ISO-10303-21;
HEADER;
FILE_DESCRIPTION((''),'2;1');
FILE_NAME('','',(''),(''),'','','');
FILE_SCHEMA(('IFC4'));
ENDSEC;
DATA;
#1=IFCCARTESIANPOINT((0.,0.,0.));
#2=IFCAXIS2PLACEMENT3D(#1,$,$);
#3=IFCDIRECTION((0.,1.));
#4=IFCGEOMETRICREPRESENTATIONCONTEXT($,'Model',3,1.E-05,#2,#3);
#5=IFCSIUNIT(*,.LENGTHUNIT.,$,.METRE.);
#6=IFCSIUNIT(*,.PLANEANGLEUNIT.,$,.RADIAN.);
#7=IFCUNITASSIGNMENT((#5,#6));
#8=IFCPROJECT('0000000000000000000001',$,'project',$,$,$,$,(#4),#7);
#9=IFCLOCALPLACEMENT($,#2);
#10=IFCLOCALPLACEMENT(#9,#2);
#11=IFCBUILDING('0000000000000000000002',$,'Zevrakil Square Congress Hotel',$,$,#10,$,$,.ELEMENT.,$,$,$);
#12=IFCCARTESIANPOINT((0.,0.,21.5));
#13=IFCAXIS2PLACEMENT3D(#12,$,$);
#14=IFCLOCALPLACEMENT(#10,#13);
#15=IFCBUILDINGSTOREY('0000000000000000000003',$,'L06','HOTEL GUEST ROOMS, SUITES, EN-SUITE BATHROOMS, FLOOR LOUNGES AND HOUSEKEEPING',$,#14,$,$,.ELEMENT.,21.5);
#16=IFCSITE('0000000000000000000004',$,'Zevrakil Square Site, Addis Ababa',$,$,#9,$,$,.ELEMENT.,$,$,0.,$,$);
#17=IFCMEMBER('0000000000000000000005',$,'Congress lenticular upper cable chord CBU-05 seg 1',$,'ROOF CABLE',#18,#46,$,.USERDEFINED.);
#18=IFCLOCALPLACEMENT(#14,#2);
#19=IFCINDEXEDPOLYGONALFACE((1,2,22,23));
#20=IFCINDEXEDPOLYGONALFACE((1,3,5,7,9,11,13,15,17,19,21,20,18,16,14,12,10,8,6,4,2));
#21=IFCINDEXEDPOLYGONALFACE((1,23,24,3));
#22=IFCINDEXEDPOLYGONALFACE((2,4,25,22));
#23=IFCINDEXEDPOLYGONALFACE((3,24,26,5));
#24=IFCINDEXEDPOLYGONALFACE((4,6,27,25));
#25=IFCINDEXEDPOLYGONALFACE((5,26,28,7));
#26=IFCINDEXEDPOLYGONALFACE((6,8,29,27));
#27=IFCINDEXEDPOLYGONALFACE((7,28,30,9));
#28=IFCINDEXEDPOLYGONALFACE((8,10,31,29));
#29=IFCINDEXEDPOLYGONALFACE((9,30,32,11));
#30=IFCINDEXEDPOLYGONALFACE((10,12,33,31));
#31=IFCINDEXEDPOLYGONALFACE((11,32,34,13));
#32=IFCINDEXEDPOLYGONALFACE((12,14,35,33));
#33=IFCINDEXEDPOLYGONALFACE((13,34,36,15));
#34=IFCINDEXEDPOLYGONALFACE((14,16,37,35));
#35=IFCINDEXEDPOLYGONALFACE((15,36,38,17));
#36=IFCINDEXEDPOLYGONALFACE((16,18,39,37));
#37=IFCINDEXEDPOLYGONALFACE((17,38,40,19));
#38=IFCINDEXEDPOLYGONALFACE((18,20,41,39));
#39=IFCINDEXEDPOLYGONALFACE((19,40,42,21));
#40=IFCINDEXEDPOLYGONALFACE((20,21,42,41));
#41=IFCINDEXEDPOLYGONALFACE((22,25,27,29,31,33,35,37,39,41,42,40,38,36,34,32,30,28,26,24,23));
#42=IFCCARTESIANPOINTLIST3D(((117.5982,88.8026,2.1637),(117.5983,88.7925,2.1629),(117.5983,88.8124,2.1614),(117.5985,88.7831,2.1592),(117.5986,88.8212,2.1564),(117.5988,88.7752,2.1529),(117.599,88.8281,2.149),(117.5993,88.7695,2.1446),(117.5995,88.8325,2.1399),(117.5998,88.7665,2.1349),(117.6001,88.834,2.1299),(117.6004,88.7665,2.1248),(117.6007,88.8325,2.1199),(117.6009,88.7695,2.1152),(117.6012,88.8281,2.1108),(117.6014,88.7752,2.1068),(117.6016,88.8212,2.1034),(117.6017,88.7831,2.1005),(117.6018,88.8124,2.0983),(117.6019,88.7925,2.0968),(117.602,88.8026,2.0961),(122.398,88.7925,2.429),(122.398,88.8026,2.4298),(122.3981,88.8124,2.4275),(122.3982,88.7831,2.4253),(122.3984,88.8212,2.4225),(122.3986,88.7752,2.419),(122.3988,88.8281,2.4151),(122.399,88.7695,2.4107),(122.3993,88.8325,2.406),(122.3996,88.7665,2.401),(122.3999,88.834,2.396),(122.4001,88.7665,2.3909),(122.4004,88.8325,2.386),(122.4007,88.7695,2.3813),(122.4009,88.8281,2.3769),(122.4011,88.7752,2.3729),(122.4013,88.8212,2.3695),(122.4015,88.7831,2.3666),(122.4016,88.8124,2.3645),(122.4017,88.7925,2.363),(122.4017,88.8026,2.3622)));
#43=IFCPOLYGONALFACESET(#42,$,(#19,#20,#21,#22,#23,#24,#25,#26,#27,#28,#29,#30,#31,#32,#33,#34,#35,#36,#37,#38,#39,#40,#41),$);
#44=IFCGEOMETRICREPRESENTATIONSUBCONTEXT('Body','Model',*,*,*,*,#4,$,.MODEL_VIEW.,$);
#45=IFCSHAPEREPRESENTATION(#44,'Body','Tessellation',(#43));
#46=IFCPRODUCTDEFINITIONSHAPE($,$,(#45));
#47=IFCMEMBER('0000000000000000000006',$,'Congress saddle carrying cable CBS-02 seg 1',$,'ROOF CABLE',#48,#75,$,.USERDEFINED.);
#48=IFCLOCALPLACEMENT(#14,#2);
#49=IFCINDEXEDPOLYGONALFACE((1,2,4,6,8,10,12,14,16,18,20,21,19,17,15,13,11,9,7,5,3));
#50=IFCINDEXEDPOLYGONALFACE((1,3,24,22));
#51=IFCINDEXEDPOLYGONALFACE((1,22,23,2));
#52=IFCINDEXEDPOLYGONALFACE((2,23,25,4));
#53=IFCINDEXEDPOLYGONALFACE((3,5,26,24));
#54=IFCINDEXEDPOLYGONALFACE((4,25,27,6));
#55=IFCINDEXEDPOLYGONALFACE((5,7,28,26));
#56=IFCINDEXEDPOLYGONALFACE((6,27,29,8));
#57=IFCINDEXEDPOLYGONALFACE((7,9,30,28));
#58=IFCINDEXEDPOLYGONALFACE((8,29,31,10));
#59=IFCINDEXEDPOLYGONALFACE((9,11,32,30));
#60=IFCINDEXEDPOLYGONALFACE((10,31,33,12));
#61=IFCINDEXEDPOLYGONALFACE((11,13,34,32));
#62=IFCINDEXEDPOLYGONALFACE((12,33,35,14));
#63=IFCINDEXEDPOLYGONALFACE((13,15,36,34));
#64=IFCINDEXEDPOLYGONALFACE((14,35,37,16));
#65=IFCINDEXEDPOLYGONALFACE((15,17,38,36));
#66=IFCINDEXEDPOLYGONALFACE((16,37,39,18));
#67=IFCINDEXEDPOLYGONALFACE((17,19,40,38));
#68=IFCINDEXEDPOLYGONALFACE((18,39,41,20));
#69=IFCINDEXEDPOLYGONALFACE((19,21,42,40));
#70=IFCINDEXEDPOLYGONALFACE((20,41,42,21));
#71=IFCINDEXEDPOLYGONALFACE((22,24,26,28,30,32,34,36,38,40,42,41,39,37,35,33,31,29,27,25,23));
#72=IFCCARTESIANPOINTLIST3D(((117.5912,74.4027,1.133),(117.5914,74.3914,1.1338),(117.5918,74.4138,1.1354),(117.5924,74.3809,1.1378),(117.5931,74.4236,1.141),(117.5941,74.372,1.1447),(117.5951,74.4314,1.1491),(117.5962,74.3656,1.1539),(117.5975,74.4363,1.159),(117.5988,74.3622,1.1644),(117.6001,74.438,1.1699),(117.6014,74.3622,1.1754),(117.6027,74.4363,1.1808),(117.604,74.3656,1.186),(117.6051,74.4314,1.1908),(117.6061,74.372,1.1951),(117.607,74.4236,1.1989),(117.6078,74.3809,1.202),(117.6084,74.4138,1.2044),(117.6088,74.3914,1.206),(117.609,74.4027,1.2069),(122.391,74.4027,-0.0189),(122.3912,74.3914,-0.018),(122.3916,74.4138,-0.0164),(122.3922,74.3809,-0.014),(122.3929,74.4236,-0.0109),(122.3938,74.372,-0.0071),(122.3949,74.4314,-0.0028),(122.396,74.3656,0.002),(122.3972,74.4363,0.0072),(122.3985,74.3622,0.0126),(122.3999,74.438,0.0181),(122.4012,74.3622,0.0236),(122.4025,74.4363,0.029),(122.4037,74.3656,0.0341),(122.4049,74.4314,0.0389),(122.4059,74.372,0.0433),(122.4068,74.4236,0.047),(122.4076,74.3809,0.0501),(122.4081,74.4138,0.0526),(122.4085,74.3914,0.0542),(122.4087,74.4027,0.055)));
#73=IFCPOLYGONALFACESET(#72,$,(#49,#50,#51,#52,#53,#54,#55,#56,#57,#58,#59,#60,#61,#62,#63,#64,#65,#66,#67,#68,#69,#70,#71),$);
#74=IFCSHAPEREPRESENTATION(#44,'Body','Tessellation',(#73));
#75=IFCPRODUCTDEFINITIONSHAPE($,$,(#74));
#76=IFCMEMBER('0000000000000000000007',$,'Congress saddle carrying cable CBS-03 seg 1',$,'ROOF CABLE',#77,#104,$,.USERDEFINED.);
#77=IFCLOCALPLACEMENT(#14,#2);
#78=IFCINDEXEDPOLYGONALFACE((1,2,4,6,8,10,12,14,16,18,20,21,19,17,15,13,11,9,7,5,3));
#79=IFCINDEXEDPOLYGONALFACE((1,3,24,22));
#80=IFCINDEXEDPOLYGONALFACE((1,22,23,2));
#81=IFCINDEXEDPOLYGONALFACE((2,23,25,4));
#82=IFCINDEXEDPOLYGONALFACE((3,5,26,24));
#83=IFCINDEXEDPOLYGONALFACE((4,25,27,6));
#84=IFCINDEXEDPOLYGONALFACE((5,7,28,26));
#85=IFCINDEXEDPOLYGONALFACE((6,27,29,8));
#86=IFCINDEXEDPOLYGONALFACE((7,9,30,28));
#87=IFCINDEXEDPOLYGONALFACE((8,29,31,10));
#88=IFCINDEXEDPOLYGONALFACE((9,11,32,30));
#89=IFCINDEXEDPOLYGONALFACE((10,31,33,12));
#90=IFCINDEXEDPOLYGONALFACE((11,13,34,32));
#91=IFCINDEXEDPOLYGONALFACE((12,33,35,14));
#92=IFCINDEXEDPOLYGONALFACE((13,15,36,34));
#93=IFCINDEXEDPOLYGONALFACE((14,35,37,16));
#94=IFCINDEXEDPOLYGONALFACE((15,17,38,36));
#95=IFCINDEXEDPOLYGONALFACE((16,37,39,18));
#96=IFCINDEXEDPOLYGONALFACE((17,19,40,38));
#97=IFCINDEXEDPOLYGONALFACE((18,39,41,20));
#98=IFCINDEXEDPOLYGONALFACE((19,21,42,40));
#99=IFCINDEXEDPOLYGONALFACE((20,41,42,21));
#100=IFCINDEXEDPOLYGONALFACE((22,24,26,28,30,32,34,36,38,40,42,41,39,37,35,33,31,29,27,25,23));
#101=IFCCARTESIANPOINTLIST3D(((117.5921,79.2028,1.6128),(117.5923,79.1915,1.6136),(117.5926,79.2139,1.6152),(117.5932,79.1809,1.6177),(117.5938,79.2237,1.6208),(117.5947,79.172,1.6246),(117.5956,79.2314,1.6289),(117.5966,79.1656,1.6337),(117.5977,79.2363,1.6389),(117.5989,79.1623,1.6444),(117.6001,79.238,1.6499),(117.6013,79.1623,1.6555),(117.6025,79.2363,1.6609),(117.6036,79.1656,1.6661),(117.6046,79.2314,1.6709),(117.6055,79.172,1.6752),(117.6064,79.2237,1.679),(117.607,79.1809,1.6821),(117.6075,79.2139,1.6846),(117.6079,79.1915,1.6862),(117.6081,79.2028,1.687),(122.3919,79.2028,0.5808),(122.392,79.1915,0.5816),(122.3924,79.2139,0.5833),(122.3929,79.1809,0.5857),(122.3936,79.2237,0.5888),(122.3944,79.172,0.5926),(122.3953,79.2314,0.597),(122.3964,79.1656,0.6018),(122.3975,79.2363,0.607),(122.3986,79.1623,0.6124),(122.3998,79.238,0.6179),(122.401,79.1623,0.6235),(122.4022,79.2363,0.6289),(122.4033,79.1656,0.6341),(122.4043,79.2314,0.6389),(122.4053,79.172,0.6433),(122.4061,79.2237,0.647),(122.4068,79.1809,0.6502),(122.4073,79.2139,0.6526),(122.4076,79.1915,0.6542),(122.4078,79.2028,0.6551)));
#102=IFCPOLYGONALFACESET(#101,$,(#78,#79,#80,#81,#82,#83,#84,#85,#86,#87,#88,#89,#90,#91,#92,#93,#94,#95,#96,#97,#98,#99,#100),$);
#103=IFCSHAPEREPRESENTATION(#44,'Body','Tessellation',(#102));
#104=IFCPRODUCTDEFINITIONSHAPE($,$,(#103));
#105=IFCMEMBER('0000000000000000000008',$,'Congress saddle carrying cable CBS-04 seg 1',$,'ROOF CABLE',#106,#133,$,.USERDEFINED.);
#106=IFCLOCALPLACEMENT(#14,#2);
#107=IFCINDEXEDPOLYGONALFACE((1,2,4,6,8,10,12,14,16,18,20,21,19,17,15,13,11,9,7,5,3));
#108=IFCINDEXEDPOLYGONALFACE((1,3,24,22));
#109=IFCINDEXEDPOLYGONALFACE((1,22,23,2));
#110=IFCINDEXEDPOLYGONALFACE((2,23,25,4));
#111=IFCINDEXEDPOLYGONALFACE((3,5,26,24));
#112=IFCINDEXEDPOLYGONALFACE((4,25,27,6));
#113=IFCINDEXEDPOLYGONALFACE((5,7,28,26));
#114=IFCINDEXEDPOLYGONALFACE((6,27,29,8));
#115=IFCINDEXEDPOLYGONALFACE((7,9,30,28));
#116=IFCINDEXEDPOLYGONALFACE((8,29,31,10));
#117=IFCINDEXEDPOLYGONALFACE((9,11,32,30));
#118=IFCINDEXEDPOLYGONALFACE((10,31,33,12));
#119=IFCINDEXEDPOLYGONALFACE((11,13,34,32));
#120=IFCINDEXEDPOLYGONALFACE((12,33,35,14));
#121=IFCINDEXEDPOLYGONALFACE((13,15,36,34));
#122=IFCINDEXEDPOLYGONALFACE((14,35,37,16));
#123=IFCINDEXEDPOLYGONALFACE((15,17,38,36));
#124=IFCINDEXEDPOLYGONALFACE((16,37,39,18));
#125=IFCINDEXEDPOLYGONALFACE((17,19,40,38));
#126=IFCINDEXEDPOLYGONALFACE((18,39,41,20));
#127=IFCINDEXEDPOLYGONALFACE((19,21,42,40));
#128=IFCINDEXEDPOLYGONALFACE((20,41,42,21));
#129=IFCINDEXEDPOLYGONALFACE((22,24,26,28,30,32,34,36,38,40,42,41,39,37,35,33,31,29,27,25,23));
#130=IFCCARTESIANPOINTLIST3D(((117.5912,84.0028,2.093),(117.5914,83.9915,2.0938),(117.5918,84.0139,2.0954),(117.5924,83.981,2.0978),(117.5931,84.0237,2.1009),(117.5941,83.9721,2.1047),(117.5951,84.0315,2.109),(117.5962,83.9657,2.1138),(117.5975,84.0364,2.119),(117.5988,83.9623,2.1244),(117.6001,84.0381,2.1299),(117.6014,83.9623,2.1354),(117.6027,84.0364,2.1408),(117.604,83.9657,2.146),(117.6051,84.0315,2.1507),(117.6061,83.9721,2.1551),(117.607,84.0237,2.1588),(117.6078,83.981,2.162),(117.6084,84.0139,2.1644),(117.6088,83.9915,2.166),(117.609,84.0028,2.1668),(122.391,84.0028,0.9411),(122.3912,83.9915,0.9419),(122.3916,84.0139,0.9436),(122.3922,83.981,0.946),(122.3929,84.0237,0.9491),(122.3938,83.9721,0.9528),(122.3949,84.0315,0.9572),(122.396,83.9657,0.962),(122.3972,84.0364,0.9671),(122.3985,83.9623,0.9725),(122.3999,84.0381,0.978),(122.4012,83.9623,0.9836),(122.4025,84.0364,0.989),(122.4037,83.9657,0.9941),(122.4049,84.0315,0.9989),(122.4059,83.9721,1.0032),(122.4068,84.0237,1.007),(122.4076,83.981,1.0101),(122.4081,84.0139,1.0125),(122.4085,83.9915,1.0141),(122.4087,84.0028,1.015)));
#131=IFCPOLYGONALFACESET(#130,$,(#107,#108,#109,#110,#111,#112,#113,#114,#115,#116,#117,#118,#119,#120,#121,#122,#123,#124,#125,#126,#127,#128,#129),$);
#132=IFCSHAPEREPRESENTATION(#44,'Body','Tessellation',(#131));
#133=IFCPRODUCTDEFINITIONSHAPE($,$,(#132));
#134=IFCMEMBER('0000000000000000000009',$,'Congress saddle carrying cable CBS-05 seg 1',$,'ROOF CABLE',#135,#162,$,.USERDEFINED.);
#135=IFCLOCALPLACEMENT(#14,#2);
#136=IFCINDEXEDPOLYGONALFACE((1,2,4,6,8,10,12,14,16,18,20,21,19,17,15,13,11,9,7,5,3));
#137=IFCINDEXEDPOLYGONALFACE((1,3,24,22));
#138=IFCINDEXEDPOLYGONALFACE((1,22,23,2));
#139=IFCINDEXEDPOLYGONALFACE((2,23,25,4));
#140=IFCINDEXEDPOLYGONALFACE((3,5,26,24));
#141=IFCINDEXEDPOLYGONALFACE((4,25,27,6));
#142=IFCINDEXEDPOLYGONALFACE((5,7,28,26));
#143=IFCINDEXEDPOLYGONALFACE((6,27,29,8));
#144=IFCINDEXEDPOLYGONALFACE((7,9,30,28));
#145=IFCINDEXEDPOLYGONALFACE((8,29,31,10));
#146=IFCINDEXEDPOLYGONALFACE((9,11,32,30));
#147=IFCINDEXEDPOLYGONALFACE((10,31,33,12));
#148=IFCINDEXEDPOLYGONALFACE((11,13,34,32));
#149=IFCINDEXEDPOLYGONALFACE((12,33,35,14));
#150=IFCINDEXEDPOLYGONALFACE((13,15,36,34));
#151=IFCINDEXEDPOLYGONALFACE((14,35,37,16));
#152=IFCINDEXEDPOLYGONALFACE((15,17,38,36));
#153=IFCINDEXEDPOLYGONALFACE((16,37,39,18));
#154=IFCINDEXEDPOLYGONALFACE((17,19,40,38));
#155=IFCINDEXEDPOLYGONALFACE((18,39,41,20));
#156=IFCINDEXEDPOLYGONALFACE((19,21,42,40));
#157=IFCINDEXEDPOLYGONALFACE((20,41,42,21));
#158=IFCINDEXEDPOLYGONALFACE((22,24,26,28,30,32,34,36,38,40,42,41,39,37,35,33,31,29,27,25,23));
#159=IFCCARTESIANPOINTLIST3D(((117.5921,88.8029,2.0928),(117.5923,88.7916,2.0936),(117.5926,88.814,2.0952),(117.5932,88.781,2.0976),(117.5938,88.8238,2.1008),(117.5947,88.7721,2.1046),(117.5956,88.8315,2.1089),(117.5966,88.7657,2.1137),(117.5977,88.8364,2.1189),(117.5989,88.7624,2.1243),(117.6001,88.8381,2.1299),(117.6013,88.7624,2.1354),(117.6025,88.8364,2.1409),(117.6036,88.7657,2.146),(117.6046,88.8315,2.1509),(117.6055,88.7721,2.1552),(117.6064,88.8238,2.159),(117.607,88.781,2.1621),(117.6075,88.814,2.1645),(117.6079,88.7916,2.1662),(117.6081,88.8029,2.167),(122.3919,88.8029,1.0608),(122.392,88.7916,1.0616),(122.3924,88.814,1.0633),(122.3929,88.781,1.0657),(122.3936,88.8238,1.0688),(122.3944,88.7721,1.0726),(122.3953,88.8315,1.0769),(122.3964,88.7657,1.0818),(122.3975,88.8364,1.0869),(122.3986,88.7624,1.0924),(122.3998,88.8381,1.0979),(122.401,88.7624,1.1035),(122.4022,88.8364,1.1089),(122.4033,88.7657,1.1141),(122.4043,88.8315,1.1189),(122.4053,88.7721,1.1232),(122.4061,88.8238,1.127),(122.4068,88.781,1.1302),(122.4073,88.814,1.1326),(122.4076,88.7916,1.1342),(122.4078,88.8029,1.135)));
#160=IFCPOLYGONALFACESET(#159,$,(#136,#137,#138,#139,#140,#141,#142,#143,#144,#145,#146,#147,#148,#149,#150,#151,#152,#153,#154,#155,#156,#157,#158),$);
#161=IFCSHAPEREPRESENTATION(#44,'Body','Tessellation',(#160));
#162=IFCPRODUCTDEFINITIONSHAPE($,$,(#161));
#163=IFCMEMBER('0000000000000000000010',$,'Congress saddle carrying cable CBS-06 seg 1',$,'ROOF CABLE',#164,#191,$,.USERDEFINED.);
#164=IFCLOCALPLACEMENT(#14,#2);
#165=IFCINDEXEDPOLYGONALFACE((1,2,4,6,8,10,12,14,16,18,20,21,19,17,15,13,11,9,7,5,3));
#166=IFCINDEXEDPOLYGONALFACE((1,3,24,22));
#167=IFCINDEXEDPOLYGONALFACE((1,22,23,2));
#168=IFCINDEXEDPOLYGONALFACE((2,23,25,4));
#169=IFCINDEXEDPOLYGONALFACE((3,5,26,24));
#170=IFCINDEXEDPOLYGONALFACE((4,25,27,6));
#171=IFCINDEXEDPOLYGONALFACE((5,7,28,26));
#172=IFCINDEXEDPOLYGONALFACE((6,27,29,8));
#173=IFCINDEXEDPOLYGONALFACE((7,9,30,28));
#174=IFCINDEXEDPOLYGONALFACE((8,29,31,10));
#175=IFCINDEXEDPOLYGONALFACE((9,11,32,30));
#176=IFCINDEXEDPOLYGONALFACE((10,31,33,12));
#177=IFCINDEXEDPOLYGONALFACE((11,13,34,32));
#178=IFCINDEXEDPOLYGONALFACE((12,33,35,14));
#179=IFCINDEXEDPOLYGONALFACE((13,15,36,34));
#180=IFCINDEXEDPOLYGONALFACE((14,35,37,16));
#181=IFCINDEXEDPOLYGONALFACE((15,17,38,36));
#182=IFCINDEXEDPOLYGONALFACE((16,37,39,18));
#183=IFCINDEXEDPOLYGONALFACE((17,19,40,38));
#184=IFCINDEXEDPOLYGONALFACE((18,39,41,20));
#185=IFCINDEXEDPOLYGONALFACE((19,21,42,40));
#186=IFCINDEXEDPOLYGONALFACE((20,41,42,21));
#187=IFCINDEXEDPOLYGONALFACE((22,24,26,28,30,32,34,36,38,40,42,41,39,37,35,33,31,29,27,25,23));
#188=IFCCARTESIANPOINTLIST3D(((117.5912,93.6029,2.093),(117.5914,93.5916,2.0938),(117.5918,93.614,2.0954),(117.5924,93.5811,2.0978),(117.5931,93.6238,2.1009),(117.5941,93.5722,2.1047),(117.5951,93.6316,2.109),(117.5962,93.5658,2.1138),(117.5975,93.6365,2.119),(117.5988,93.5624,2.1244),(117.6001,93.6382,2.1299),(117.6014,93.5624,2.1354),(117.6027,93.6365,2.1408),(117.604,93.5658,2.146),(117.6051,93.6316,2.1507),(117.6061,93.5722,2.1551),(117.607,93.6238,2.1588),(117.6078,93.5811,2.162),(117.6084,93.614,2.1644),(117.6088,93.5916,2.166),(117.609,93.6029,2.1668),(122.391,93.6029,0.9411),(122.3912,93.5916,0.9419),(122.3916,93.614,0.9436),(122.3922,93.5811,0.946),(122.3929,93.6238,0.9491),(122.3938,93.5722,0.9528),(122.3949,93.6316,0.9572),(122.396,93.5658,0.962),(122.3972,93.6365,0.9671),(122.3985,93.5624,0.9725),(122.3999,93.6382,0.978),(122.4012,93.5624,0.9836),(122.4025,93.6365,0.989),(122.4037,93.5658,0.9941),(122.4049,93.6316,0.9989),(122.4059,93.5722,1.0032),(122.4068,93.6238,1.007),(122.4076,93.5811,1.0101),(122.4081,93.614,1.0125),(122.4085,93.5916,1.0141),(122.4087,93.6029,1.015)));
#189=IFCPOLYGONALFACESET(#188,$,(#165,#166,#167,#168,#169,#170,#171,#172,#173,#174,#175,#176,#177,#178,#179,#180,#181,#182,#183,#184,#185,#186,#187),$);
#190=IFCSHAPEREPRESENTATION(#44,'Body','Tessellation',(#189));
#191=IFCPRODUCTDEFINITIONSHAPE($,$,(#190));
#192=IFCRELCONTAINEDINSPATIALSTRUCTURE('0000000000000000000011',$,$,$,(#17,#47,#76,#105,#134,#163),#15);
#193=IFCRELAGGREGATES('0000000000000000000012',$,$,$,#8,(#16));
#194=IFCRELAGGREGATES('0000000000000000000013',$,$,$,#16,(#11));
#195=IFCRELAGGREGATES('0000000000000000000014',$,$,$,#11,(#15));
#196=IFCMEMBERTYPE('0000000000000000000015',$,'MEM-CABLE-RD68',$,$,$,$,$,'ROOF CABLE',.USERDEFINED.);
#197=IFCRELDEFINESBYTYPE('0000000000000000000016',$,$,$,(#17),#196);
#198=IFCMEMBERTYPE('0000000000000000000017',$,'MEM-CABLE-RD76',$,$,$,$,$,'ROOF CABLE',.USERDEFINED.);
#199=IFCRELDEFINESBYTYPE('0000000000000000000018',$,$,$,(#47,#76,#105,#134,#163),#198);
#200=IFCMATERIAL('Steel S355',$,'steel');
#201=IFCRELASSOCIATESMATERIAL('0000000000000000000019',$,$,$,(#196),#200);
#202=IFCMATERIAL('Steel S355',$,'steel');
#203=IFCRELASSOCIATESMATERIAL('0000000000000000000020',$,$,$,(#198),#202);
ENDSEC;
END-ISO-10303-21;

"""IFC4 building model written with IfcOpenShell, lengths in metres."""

from ifc_helpers import new_model, si_unit, direction, frame, origin, origin_2d, place, context, subcontext, project, spatial, circle, extrude, material, material_profile, profile_set, type_object, element, save


model = new_model("IFC4")

# Units and contexts
model_context = context("Model", 3, precision=1e-05, world=origin(), true_north=direction((0.0, 1.0)))
body_context = subcontext(model_context, "Body", "Model", "MODEL_VIEW")
ifc_project = project(units=[si_unit("LENGTHUNIT", "METRE"), si_unit("PLANEANGLEUNIT", "RADIAN")], contexts=[model_context])

# Site, building, storey
site_placement = place(None, origin())
site = spatial("IfcSite", under=ifc_project, at=site_placement, Name="Zevrakil Square Site, Addis Ababa", CompositionType="ELEMENT", RefElevation=0.0)
building_placement = place(site_placement, origin())
building = spatial("IfcBuilding", under=site, at=building_placement, Name="Zevrakil Square Congress Hotel", CompositionType="ELEMENT")
storey_placement = place(building_placement, frame((0.0, 0.0, 21.5)))
storey = spatial("IfcBuildingStorey", under=building, at=storey_placement, Name="L06", Description="HOTEL GUEST ROOMS, SUITES, EN-SUITE BATHROOMS, FLOOR LOUNGES AND HOUSEKEEPING", CompositionType="ELEMENT", Elevation=21.5)

# Members
ifc_material_1 = material(Name="Steel S355", Category="steel")
ifc_material_profile_1 = material_profile(ifc_material_1, circle(Radius=0.0339, at=origin_2d()), Name="CABLE RD68")
ifc_profile_set_1 = profile_set([ifc_material_profile_1], Name="Steel S355")
member_type_1 = type_object("IfcMemberType", Name="MEM-CABLE-RD68", ElementType="ROOF CABLE", PredefinedType="USERDEFINED", material=ifc_profile_set_1)
member_1_placement = place(storey_placement, frame((117.6001, 88.8, 2.1299), z_axis=(0.998467, 0.0, 0.055358), x_axis=(0.0, 1.0, 0.0)))
element("IfcMember", 1, at=member_1_placement, inside=storey, type_object=member_type_1, Name="Congress lenticular upper cable chord CBU-05 seg 1", ObjectType="ROOF CABLE", PredefinedType="USERDEFINED", context=body_context, shape_type="SweptSolid", body=[
    extrude(circle(Radius=0.0339, at=origin_2d()), origin(), (0.0, 0.0, 1.0), 4.8071),
])
ifc_material_2 = material(Name="Steel S355", Category="steel")
ifc_material_profile_2 = material_profile(ifc_material_2, circle(Radius=0.0381, at=origin_2d()), Name="CABLE RD76")
ifc_profile_set_2 = profile_set([ifc_material_profile_2], Name="Steel S355")
member_type_2 = type_object("IfcMemberType", Name="MEM-CABLE-RD76", ElementType="ROOF CABLE", PredefinedType="USERDEFINED", material=ifc_profile_set_2)
member_2_placement = place(storey_placement, frame((117.6001, 74.3999, 1.1699), z_axis=(0.972392, 0.0, -0.233354), x_axis=(0.0, 1.0, 0.0)))
element("IfcMember", 2, at=member_2_placement, inside=storey, type_object=member_type_2, Name="Congress saddle carrying cable CBS-02 seg 1", ObjectType="ROOF CABLE", PredefinedType="USERDEFINED", context=body_context, shape_type="SweptSolid", body=[
    extrude(circle(Radius=0.0381, at=origin_2d()), origin(), (0.0, 0.0, 1.0), 4.936),
])
member_3_placement = place(storey_placement, frame((117.6001, 79.2, 1.6499), z_axis=(0.977658, 0.0, -0.210201), x_axis=(0.0, 1.0, 0.0)))
element("IfcMember", 3, at=member_3_placement, inside=storey, type_object=member_type_2, Name="Congress saddle carrying cable CBS-03 seg 1", ObjectType="ROOF CABLE", PredefinedType="USERDEFINED", context=body_context, shape_type="SweptSolid", body=[
    extrude(circle(Radius=0.0381, at=origin_2d()), origin(), (0.0, 0.0, 1.0), 4.9094),
])
member_4_placement = place(storey_placement, frame((117.6001, 84.0, 2.1299), z_axis=(0.972392, 0.0, -0.233354), x_axis=(0.0, 1.0, 0.0)))
element("IfcMember", 4, at=member_4_placement, inside=storey, type_object=member_type_2, Name="Congress saddle carrying cable CBS-04 seg 1", ObjectType="ROOF CABLE", PredefinedType="USERDEFINED", context=body_context, shape_type="SweptSolid", body=[
    extrude(circle(Radius=0.0381, at=origin_2d()), origin(), (0.0, 0.0, 1.0), 4.936),
])
member_5_placement = place(storey_placement, frame((117.6001, 88.8, 2.1299), z_axis=(0.977658, 0.0, -0.210201), x_axis=(0.0, 1.0, 0.0)))
element("IfcMember", 5, at=member_5_placement, inside=storey, type_object=member_type_2, Name="Congress saddle carrying cable CBS-05 seg 1", ObjectType="ROOF CABLE", PredefinedType="USERDEFINED", context=body_context, shape_type="SweptSolid", body=[
    extrude(circle(Radius=0.0381, at=origin_2d()), origin(), (0.0, 0.0, 1.0), 4.9094),
])
member_6_placement = place(storey_placement, frame((117.6001, 93.6001, 2.1299), z_axis=(0.972392, 0.0, -0.233354), x_axis=(0.0, 1.0, 0.0)))
element("IfcMember", 6, at=member_6_placement, inside=storey, type_object=member_type_2, Name="Congress saddle carrying cable CBS-06 seg 1", ObjectType="ROOF CABLE", PredefinedType="USERDEFINED", context=body_context, shape_type="SweptSolid", body=[
    extrude(circle(Radius=0.0381, at=origin_2d()), origin(), (0.0, 0.0, 1.0), 4.936),
])

save(model, "model.ifc")
